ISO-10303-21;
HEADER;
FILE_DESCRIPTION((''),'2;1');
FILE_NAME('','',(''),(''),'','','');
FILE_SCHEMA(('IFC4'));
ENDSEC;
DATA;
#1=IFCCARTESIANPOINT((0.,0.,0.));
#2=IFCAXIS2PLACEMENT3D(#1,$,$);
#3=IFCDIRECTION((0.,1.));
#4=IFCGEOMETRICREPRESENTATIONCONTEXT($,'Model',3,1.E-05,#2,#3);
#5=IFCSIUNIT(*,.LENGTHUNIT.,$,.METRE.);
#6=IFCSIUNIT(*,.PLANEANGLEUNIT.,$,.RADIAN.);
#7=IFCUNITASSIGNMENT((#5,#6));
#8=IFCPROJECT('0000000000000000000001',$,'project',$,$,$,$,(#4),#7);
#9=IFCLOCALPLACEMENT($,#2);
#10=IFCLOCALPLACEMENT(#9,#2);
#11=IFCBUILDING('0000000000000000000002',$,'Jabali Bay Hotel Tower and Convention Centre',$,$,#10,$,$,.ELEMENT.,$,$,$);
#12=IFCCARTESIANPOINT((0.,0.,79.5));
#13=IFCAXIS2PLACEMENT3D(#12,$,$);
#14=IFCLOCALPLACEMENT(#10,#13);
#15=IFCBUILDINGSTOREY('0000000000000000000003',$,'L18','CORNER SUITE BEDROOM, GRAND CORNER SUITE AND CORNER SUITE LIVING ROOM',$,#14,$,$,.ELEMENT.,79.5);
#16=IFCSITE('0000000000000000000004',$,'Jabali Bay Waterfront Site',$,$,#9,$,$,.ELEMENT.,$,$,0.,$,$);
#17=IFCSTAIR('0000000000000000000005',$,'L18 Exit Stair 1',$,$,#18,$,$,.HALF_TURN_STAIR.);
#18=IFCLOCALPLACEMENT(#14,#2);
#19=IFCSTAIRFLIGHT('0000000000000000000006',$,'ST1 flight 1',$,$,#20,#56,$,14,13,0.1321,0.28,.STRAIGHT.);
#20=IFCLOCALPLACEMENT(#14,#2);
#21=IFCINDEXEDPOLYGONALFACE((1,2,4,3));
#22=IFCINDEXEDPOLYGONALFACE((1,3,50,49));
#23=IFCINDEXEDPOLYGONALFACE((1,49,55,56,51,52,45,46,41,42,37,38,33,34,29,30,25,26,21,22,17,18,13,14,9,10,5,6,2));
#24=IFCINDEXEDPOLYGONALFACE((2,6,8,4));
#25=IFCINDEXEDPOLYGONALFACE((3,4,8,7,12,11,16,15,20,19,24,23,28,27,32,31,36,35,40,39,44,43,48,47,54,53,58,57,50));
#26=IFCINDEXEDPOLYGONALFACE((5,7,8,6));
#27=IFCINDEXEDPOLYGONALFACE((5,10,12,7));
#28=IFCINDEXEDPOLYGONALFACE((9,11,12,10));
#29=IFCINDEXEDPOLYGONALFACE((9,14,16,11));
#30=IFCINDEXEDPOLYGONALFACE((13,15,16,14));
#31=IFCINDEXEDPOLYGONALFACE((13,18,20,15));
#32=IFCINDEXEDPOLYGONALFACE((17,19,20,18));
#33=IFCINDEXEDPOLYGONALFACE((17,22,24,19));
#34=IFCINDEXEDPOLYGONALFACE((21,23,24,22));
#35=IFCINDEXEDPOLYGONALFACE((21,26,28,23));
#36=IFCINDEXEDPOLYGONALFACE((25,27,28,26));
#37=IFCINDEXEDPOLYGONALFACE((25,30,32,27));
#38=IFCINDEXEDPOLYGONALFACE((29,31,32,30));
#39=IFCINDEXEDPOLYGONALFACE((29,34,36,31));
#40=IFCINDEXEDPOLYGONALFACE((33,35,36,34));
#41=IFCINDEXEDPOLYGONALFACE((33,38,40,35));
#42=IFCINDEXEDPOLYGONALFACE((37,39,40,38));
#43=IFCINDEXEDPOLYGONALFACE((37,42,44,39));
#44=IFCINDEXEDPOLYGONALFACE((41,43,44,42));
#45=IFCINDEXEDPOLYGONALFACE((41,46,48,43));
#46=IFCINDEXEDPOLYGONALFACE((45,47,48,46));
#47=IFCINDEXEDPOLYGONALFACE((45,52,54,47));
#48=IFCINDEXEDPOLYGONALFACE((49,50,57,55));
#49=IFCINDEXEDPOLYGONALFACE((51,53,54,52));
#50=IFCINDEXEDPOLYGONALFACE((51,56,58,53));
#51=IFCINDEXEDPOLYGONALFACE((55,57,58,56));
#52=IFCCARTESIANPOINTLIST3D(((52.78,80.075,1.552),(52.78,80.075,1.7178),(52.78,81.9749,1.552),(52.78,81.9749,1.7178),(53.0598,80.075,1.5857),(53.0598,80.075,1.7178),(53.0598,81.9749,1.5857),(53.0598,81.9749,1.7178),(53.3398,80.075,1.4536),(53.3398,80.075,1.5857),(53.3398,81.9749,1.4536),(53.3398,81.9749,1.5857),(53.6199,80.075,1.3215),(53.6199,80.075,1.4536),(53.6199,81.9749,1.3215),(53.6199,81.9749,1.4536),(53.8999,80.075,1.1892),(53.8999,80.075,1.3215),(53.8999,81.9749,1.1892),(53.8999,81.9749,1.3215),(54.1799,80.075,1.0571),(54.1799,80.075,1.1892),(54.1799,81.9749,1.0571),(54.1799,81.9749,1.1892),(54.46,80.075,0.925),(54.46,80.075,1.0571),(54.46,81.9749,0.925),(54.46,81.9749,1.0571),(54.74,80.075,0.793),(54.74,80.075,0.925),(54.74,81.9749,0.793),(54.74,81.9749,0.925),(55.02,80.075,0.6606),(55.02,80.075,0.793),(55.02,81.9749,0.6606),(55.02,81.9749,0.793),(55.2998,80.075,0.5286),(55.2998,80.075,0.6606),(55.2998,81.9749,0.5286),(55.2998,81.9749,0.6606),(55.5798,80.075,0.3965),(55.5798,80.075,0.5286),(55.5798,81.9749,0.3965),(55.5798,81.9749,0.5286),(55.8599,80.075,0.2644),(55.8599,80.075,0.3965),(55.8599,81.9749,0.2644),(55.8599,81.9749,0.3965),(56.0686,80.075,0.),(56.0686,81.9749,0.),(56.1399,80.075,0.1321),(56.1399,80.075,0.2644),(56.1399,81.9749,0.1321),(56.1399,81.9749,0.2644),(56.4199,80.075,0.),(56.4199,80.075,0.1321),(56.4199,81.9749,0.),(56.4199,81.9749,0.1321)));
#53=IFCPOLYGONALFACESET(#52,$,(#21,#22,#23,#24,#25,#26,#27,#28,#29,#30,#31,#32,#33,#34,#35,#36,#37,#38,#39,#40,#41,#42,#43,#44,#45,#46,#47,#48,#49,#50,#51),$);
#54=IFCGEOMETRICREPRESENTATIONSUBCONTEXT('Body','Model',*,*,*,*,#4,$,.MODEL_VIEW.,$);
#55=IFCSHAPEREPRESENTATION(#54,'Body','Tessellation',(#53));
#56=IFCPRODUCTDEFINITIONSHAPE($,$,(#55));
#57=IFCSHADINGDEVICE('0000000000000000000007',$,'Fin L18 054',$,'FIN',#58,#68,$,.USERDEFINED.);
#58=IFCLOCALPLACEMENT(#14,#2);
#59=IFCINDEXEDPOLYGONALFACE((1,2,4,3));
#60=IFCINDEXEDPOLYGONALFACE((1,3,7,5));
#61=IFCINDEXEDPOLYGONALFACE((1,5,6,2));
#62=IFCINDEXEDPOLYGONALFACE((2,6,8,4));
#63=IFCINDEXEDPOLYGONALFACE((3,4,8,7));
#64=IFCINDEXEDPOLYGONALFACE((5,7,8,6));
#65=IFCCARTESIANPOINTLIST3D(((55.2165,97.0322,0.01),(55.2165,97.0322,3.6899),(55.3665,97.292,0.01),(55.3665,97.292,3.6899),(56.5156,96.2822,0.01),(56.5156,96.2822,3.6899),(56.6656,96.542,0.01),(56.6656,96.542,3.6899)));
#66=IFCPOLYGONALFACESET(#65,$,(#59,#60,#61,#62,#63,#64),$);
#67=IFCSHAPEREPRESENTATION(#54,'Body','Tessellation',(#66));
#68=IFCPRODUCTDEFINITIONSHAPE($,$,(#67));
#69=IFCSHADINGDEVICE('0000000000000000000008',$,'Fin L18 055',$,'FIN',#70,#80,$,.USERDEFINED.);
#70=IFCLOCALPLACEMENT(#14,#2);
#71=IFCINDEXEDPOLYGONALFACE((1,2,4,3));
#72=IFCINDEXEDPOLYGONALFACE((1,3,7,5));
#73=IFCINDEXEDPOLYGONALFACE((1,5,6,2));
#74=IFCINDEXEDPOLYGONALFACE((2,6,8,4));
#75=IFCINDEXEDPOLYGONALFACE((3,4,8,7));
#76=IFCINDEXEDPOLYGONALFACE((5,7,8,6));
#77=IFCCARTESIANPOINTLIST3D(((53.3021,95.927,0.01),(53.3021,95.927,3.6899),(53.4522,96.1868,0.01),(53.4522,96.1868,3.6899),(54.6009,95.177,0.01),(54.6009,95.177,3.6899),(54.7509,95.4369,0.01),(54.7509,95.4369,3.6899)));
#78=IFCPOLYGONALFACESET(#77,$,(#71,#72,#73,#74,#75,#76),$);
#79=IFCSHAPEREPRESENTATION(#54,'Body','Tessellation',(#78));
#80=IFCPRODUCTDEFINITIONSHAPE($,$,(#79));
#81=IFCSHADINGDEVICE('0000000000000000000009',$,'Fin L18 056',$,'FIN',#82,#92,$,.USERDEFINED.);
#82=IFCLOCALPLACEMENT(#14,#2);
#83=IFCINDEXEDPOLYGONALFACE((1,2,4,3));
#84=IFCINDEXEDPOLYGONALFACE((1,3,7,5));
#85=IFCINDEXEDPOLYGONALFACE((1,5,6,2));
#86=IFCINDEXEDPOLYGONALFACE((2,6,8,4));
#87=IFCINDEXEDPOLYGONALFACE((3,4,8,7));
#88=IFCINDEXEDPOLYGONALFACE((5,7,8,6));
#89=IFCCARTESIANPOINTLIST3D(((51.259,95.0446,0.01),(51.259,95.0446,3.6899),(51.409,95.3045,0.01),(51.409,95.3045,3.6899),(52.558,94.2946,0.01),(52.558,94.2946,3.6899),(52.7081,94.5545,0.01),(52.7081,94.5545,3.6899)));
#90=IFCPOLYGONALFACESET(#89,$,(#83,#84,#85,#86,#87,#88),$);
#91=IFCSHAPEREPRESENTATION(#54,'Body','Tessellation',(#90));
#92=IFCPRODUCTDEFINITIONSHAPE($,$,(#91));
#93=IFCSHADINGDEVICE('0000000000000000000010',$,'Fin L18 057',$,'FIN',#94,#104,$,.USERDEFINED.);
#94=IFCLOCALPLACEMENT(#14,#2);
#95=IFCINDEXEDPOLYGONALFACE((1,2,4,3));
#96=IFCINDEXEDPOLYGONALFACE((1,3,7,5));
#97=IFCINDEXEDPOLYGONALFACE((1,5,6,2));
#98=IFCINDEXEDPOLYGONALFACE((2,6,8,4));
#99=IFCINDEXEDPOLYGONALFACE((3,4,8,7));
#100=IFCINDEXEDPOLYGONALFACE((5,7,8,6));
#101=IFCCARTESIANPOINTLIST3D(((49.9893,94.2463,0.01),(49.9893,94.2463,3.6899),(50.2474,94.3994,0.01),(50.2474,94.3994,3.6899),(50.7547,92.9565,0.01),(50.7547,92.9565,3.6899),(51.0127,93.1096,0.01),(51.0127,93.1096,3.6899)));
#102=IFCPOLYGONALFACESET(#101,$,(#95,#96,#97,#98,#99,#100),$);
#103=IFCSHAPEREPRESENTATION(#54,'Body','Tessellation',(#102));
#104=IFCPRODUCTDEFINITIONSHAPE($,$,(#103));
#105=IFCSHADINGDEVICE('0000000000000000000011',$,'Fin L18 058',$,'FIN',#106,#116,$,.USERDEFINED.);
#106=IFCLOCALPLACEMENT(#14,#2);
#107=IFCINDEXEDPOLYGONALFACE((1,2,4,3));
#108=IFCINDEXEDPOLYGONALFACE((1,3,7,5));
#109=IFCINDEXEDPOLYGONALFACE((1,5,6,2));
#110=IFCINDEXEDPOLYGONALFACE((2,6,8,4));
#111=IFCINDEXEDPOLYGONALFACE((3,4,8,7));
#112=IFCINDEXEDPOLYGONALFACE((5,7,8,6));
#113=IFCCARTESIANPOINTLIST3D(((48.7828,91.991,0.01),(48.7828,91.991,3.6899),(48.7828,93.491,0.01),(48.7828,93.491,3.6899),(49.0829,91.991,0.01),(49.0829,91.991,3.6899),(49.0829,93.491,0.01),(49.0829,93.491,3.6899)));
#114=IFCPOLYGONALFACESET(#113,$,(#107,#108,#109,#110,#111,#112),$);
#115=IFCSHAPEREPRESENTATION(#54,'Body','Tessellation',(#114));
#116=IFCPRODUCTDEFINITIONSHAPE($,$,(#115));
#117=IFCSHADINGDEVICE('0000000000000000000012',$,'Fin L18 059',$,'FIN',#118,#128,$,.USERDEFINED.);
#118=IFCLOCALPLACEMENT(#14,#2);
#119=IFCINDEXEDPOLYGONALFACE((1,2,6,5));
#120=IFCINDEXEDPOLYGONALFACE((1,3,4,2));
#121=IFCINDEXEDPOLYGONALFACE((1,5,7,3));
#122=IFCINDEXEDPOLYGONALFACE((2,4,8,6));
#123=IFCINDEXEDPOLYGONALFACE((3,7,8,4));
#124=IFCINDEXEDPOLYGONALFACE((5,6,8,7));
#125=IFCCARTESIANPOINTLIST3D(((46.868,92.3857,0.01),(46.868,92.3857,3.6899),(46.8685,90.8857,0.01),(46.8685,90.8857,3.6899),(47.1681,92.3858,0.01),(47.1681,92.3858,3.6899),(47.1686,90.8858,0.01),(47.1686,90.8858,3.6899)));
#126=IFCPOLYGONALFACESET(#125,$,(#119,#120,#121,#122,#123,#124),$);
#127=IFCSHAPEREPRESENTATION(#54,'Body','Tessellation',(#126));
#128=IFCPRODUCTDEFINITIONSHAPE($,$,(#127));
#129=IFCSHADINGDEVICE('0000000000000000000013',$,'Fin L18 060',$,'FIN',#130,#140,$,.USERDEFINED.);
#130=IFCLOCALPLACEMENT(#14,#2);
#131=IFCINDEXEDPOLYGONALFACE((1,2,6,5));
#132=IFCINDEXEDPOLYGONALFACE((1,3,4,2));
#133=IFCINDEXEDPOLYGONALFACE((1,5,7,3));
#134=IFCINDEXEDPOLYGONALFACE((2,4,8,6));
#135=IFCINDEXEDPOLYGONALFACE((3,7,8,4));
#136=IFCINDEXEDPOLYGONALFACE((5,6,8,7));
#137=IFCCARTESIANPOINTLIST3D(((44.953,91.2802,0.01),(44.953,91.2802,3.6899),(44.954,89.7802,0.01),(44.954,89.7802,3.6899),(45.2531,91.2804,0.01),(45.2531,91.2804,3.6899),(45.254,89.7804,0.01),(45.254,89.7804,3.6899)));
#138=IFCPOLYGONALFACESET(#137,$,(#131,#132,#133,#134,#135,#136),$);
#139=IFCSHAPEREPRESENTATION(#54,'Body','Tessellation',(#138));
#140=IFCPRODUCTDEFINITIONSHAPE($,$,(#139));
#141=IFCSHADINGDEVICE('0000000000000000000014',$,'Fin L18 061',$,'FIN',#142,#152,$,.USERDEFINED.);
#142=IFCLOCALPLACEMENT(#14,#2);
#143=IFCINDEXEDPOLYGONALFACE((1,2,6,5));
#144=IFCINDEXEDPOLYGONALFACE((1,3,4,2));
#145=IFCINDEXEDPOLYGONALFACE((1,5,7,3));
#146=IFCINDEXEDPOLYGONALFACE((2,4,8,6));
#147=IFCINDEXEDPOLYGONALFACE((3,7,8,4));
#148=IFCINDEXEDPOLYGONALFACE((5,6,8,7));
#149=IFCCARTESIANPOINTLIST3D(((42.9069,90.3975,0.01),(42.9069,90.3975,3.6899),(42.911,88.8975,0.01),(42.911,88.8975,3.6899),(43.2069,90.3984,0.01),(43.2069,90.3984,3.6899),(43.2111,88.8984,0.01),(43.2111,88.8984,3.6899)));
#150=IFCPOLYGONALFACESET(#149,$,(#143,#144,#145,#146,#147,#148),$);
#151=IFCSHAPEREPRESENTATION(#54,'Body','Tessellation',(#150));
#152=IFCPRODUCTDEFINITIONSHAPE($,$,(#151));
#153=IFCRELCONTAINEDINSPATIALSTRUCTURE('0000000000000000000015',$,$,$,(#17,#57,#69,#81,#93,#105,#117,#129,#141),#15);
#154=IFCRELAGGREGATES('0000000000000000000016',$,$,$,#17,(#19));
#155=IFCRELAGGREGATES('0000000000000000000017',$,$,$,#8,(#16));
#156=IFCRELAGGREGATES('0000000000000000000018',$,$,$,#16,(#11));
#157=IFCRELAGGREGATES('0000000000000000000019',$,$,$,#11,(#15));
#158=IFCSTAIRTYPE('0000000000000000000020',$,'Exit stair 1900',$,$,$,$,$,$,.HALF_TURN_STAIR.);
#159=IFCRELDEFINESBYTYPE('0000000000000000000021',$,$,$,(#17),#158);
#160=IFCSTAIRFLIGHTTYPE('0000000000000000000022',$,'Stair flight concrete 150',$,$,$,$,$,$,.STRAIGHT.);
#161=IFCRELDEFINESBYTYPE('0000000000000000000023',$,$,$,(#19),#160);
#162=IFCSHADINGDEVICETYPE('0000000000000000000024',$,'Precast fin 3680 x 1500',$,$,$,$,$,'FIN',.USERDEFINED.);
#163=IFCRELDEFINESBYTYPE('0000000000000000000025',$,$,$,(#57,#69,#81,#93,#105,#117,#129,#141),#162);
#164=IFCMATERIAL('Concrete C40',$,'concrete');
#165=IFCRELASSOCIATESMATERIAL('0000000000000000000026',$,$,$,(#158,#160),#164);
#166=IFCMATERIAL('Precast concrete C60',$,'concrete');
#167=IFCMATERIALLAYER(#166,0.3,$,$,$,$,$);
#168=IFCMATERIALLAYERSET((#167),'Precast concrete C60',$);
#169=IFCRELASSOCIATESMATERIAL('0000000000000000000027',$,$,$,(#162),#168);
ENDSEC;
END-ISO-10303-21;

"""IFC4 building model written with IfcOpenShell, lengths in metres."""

from ifc_helpers import new_model, si_unit, direction, frame, frame_2d, origin, place, context, subcontext, project, spatial, polyline, rectangle, outline, extrude, material, layer, layer_set, type_object, element, aggregate, save


model = new_model("IFC4")

# Units and contexts
model_context = context("Model", 3, precision=1e-05, world=origin(), true_north=direction((0.0, 1.0)))
body_context = subcontext(model_context, "Body", "Model", "MODEL_VIEW")
ifc_project = project(units=[si_unit("LENGTHUNIT", "METRE"), si_unit("PLANEANGLEUNIT", "RADIAN")], contexts=[model_context])

# Site, building, storey
site_placement = place(None, origin())
site = spatial("IfcSite", under=ifc_project, at=site_placement, Name="Jabali Bay Waterfront Site", CompositionType="ELEMENT", RefElevation=0.0)
building_placement = place(site_placement, origin())
building = spatial("IfcBuilding", under=site, at=building_placement, Name="Jabali Bay Hotel Tower and Convention Centre", CompositionType="ELEMENT")
storey_placement = place(building_placement, frame((0.0, 0.0, 79.5)))
storey = spatial("IfcBuildingStorey", under=building, at=storey_placement, Name="L18", Description="CORNER SUITE BEDROOM, GRAND CORNER SUITE AND CORNER SUITE LIVING ROOM", CompositionType="ELEMENT", Elevation=79.5)

# Shared definitions
ifc_material_1 = material(Name="Concrete C40", Category="concrete")

# Stair, stair flight
stair_type = type_object("IfcStairType", Name="Exit stair 1900", PredefinedType="HALF_TURN_STAIR", material=ifc_material_1)
stair_placement = place(storey_placement, origin())
stair = element("IfcStair", 1, at=stair_placement, inside=storey, type_object=stair_type, Name="L18 Exit Stair 1", PredefinedType="HALF_TURN_STAIR")
stair_flight_type = type_object("IfcStairFlightType", Name="Stair flight concrete 150", PredefinedType="STRAIGHT", material=ifc_material_1)
stair_flight_placement = place(storey_placement, frame((56.4199, 81.0249, 0.0), z_axis=(0.0, 0.0, 1.0), x_axis=(-1.0, 0.0, 0.0)))
stair_flight = element("IfcStairFlight", 2, at=stair_flight_placement, type_object=stair_flight_type, Name="ST1 flight 1", NumberOfRisers=14, NumberOfTreads=13, PredefinedType="STRAIGHT", RiserHeight=0.1321, TreadLength=0.28, context=body_context, shape_type="SweptSolid", body=[
    extrude(outline(polyline([(0.0, 0.0), (0.0, 0.1321), (0.28, 0.1321), (0.28, 0.2644), (0.5601, 0.2644), (0.5601, 0.3965), (0.8401, 0.3965), (0.8401, 0.5286), (1.1201, 0.5286), (1.1201, 0.6606), (1.3999, 0.6606), (1.3999, 0.793), (1.6799, 0.793), (1.6799, 0.925), (1.96, 0.925), (1.96, 1.0571), (2.24, 1.0571), (2.24, 1.1892), (2.52, 1.1892), (2.52, 1.3215), (2.8, 1.3215), (2.8, 1.4536), (3.0801, 1.4536), (3.0801, 1.5857), (3.3601, 1.5857), (3.3601, 1.7178), (3.6399, 1.7178), (3.6399, 1.8501), (3.6399, 1.552), (0.3513, 0.0), (0.0, 0.0)])), frame((0.0, 0.95, 0.0), z_axis=(0.0, -1.0, 0.0), x_axis=(1.0, 0.0, 0.0)), (0.0, 0.0, 1.0), 1.8999),
])
aggregate(stair, [stair_flight])

# Shading devices
ifc_material_2 = material(Name="Precast concrete C60", Category="concrete")
ifc_layer_1 = layer(ifc_material_2, 0.3)
ifc_layer_set_1 = layer_set([ifc_layer_1], Name="Precast concrete C60")
shading_device_type = type_object("IfcShadingDeviceType", Name="Precast fin 3680 x 1500", ElementType="FIN", PredefinedType="USERDEFINED", material=ifc_layer_set_1)
shading_device_1_placement = place(storey_placement, frame((56.5906, 96.4121, 0.01), z_axis=(0.0, 0.0, 1.0), x_axis=(-0.866031, 0.49999, 0.0)))
element("IfcShadingDevice", 3, at=shading_device_1_placement, inside=storey, type_object=shading_device_type, Name="Fin L18 054", ObjectType="FIN", PredefinedType="USERDEFINED", context=body_context, shape_type="SweptSolid", body=[
    extrude(rectangle(XDim=1.5, YDim=0.3, at=frame_2d((0.75, 0.0))), origin(), (0.0, 0.0, 1.0), 3.6799),
])
shading_device_2_placement = place(storey_placement, frame((54.676, 95.3069, 0.01), z_axis=(0.0, 0.0, 1.0), x_axis=(-0.86599, 0.500061, 0.0)))
element("IfcShadingDevice", 4, at=shading_device_2_placement, inside=storey, type_object=shading_device_type, Name="Fin L18 055", ObjectType="FIN", PredefinedType="USERDEFINED", context=body_context, shape_type="SweptSolid", body=[
    extrude(rectangle(XDim=1.4998, YDim=0.3, at=frame_2d((0.75, 0.0))), origin(), (0.0, 0.0, 1.0), 3.6799),
])
shading_device_3_placement = place(storey_placement, frame((52.6331, 94.4246, 0.01), z_axis=(0.0, 0.0, 1.0), x_axis=(-0.866031, 0.49999, 0.0)))
element("IfcShadingDevice", 5, at=shading_device_3_placement, inside=storey, type_object=shading_device_type, Name="Fin L18 056", ObjectType="FIN", PredefinedType="USERDEFINED", context=body_context, shape_type="SweptSolid", body=[
    extrude(rectangle(XDim=1.5, YDim=0.3, at=frame_2d((0.75, 0.0))), origin(), (0.0, 0.0, 1.0), 3.6799),
])
shading_device_4_placement = place(storey_placement, frame((50.8838, 93.033, 0.01), z_axis=(0.0, 0.0, 1.0), x_axis=(-0.510324, 0.859982, 0.0)))
element("IfcShadingDevice", 6, at=shading_device_4_placement, inside=storey, type_object=shading_device_type, Name="Fin L18 057", ObjectType="FIN", PredefinedType="USERDEFINED", context=body_context, shape_type="SweptSolid", body=[
    extrude(rectangle(XDim=1.4998, YDim=0.3, at=frame_2d((0.75, 0.0))), origin(), (0.0, 0.0, 1.0), 3.6799),
])
for number, where, z_axis, x_axis, name in (
    (7, (48.9329, 91.991, 0.01), (0.0, 0.0, 1.0), (0.0, 1.0, 0.0), "Fin L18 058"),
    (8, (47.0186, 90.8857, 0.01), (0.0, 0.0, 1.0), (-0.000326, 1.0, 0.0), "Fin L18 059"),
    (9, (45.104, 89.7803, 0.01), (0.0, 0.0, 1.0), (-0.000651, 1.0, 0.0), "Fin L18 060"),
    (10, (43.061, 88.8979, 0.01), (0.0, 0.0, 1.0), (-0.002767, 0.999996, 0.0), "Fin L18 061"),
):
    element("IfcShadingDevice", number, at=place(storey_placement, frame(where, z_axis=z_axis, x_axis=x_axis)), inside=storey, type_object=shading_device_type, Name=name, ObjectType="FIN", PredefinedType="USERDEFINED", context=body_context, shape_type="SweptSolid", body=[
        extrude(rectangle(XDim=1.5, YDim=0.3, at=frame_2d((0.75, 0.0))), origin(), (0.0, 0.0, 1.0), 3.6799),
    ])

save(model, "model.ifc")
